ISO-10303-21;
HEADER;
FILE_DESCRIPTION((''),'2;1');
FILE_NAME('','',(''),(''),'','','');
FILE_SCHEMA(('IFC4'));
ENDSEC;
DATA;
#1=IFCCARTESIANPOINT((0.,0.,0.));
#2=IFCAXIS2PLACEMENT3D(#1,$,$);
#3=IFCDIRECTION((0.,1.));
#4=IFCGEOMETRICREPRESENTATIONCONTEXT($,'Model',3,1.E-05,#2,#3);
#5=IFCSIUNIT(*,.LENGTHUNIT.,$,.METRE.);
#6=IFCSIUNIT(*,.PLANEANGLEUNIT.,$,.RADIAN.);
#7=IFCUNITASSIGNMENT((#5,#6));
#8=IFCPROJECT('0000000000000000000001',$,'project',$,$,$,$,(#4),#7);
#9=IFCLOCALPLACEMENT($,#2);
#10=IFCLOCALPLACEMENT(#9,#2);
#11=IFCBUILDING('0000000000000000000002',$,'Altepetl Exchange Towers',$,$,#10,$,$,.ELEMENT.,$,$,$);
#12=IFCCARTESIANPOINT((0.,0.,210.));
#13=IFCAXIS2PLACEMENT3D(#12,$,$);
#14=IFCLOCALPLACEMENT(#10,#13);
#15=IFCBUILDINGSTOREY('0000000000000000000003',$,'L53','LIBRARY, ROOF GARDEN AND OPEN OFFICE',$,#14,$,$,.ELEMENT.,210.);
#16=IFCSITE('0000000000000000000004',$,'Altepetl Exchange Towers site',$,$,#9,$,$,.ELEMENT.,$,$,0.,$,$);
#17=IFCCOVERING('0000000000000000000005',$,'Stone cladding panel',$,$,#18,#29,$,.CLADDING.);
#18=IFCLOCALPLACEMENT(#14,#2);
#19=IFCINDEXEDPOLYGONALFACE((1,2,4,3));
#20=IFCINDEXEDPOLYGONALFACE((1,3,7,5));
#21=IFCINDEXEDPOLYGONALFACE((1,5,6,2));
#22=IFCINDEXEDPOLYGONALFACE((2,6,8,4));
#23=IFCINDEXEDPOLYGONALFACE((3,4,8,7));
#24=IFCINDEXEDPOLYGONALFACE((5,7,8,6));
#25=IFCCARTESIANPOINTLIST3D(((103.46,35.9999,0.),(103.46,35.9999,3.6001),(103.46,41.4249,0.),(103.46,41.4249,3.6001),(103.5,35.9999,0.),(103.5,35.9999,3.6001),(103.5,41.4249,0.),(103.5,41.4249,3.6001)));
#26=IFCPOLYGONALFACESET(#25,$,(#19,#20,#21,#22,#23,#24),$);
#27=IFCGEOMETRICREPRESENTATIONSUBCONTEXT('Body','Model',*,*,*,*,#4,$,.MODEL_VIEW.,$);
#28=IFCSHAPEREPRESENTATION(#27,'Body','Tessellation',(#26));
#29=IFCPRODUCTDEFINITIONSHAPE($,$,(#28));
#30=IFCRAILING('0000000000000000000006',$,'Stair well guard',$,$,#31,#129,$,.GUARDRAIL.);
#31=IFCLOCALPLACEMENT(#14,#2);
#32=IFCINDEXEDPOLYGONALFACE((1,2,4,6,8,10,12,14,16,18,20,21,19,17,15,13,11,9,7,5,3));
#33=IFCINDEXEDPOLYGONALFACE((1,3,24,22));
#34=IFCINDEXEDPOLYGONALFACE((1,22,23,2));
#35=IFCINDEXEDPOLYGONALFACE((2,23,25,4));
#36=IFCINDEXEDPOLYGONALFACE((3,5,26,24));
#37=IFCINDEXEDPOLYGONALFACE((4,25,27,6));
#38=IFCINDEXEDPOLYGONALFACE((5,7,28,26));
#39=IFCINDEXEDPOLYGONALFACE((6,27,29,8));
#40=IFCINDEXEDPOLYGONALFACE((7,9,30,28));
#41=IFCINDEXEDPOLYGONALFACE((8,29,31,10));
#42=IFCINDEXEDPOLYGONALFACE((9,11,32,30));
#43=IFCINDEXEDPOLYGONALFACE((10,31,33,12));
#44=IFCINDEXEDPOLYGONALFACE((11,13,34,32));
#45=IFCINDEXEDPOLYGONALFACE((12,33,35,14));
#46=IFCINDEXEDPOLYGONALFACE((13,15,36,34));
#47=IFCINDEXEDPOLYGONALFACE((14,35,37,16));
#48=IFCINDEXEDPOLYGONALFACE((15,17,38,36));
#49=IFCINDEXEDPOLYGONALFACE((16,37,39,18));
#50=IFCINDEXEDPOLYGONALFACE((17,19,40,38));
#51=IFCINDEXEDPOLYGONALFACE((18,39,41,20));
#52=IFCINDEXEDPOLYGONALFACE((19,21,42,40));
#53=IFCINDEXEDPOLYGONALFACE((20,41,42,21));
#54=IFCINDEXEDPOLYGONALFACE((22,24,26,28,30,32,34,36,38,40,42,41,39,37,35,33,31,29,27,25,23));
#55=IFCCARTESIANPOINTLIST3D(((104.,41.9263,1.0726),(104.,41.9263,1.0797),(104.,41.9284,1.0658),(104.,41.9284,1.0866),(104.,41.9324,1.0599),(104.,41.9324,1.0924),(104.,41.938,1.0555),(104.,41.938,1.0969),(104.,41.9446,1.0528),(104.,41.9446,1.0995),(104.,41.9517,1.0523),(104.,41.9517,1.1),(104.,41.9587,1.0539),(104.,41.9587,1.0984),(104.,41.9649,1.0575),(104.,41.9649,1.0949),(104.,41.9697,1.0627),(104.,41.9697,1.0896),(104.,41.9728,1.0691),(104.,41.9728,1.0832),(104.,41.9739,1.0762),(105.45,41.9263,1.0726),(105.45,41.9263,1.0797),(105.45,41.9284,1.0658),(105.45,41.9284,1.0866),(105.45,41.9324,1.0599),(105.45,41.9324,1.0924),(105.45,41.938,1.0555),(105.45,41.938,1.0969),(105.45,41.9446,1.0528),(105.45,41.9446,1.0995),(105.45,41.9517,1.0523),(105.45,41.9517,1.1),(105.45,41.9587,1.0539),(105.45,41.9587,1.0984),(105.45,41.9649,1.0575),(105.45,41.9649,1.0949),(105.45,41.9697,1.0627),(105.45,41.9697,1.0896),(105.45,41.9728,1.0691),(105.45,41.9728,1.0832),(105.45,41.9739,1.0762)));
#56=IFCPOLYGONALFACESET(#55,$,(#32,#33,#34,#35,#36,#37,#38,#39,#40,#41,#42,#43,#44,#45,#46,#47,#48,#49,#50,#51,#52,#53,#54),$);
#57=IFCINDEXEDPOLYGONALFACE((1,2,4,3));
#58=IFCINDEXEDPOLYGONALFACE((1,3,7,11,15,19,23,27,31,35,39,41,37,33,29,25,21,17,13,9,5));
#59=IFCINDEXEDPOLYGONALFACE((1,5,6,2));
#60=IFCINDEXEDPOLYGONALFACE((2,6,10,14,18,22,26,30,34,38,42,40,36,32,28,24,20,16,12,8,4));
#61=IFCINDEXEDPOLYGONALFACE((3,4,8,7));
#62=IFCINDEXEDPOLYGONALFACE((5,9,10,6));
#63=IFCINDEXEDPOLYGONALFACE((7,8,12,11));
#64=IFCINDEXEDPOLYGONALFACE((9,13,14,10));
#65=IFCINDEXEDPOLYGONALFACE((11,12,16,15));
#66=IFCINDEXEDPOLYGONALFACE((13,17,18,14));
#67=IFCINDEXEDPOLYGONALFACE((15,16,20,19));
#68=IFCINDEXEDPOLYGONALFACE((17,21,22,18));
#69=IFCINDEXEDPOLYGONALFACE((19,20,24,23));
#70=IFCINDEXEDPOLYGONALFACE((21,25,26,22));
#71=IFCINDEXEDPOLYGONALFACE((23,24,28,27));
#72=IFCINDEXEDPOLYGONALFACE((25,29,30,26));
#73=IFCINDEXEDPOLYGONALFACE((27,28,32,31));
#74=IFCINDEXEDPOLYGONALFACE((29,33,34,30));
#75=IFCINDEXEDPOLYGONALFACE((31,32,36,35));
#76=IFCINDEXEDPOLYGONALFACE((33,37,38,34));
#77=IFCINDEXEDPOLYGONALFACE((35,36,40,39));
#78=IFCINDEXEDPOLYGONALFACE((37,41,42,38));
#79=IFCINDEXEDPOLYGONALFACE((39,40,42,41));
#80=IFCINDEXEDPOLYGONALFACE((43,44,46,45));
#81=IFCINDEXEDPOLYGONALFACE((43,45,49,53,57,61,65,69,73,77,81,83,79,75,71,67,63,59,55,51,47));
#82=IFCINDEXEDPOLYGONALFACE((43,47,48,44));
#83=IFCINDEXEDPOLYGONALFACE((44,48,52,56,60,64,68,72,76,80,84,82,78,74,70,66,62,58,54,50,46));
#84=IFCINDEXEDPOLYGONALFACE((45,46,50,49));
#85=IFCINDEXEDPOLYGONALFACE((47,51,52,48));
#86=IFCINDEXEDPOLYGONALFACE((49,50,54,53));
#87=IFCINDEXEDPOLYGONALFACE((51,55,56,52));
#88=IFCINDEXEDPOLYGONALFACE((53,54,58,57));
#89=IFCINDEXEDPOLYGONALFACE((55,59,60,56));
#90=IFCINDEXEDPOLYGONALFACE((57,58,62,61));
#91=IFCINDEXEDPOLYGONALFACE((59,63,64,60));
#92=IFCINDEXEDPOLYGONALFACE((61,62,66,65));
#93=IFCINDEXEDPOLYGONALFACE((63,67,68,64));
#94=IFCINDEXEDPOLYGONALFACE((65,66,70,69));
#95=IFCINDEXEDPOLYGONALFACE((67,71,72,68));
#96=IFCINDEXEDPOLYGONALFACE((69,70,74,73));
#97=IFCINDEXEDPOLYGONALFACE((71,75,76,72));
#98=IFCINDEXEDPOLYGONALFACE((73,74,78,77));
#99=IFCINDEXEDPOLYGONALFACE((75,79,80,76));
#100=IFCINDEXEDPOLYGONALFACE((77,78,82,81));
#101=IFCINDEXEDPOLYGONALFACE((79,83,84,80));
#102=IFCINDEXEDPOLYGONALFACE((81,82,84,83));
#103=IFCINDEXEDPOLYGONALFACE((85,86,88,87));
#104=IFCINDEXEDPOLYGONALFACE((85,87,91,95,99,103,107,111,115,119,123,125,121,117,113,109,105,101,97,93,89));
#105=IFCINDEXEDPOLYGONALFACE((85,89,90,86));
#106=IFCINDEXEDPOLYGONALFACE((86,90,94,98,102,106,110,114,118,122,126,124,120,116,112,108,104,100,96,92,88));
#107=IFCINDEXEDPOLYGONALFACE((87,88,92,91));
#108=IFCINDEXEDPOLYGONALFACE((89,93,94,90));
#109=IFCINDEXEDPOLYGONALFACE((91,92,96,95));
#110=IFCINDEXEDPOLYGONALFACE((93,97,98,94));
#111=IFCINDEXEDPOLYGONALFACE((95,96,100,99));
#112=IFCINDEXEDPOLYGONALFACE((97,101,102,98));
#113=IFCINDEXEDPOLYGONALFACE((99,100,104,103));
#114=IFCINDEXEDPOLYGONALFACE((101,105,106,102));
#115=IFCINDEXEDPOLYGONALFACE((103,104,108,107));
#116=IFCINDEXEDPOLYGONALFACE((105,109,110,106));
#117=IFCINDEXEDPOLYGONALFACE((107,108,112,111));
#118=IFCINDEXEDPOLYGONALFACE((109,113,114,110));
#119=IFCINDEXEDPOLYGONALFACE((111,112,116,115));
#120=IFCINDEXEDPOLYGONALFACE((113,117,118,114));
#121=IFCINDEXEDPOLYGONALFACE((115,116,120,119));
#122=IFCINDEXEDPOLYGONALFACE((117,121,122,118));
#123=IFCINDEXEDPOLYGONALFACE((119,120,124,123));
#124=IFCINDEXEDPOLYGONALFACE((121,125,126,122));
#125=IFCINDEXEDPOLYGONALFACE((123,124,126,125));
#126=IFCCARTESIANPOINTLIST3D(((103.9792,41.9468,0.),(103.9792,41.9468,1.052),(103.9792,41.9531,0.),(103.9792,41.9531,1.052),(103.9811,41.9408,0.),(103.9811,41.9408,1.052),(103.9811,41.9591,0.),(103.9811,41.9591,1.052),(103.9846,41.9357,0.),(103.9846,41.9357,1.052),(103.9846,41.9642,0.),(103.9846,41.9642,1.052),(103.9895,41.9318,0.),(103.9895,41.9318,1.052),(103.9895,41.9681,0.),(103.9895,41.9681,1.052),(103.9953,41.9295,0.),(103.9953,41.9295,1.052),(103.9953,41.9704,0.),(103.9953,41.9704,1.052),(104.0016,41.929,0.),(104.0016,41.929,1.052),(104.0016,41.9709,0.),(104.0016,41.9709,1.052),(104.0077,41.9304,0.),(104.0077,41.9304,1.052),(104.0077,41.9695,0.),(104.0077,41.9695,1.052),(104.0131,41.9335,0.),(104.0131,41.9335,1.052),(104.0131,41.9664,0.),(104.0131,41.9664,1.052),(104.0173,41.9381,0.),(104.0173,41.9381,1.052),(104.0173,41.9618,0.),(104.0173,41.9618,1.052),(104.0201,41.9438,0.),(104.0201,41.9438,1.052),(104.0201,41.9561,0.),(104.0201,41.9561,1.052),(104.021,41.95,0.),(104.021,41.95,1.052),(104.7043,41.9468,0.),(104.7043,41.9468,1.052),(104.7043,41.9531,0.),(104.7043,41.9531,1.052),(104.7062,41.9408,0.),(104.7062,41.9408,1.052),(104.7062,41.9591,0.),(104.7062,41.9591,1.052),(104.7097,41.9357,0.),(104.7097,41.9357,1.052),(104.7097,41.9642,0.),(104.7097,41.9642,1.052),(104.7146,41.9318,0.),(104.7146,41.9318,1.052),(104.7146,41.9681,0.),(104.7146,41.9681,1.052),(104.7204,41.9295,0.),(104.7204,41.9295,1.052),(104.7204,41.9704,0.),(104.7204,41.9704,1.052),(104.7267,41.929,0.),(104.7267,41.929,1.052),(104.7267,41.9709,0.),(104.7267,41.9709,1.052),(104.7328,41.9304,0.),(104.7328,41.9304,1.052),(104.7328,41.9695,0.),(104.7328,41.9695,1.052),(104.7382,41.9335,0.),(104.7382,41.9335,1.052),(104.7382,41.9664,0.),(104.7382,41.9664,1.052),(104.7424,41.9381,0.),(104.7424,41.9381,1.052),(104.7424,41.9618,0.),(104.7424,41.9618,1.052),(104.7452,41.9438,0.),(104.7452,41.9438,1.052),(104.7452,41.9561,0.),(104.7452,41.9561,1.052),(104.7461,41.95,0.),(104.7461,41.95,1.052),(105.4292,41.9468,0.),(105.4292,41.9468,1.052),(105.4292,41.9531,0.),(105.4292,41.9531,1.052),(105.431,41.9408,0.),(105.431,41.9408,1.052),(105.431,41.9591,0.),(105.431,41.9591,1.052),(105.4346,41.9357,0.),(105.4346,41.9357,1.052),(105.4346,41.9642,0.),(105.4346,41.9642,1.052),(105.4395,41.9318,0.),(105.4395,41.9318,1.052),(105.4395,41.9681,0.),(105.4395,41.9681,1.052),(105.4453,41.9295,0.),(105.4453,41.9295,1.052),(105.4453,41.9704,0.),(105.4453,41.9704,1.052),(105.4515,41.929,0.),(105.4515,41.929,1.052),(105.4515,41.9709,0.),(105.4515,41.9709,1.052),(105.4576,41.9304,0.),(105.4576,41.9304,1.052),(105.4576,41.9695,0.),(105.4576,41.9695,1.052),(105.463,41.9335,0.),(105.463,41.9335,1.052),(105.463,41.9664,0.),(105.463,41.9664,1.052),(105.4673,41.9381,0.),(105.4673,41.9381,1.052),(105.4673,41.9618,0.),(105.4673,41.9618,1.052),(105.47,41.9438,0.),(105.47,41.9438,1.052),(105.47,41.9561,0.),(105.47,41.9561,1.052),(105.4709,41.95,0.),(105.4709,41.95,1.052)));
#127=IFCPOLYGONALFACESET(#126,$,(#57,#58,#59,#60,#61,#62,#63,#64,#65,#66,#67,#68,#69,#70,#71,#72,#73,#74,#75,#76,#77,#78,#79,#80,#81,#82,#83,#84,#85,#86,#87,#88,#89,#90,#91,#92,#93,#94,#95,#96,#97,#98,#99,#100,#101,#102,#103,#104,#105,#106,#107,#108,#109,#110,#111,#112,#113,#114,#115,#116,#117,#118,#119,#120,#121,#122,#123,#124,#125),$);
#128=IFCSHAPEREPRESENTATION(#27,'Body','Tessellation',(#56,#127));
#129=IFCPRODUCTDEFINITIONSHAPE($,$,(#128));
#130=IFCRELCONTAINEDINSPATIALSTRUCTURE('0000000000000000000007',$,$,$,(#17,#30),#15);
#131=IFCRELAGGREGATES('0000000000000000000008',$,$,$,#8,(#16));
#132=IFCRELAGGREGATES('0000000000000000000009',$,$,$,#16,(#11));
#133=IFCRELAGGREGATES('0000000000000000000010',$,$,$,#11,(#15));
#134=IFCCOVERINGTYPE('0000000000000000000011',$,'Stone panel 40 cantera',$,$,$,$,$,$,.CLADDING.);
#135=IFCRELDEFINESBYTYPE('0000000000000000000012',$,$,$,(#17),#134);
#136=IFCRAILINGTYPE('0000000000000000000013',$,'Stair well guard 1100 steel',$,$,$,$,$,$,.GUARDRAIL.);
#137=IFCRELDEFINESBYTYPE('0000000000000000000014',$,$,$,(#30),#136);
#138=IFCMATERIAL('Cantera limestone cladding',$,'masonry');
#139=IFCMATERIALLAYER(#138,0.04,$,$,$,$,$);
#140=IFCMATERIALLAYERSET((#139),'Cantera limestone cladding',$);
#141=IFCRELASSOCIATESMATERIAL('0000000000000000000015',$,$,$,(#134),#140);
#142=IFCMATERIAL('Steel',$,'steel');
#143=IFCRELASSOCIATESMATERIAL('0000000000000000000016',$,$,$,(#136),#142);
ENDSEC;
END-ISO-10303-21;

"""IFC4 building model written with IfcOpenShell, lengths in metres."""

from ifc_helpers import new_model, si_unit, direction, frame, origin, origin_2d, place, context, subcontext, project, spatial, rectangle, circle, extrude, source, transform, mapped, material, layer, layer_set, type_object, element, save


model = new_model("IFC4")

# Units and contexts
model_context = context("Model", 3, precision=1e-05, world=origin(), true_north=direction((0.0, 1.0)))
body_context = subcontext(model_context, "Body", "Model", "MODEL_VIEW")
ifc_project = project(units=[si_unit("LENGTHUNIT", "METRE"), si_unit("PLANEANGLEUNIT", "RADIAN")], contexts=[model_context])

# Site, building, storey
site_placement = place(None, origin())
site = spatial("IfcSite", under=ifc_project, at=site_placement, Name="Altepetl Exchange Towers site", CompositionType="ELEMENT", RefElevation=0.0)
building_placement = place(site_placement, origin())
building = spatial("IfcBuilding", under=site, at=building_placement, Name="Altepetl Exchange Towers", CompositionType="ELEMENT")
storey_placement = place(building_placement, frame((0.0, 0.0, 210.0)))
storey = spatial("IfcBuildingStorey", under=building, at=storey_placement, Name="L53", Description="LIBRARY, ROOF GARDEN AND OPEN OFFICE", CompositionType="ELEMENT", Elevation=210.0)

# Covering
ifc_material_1 = material(Name="Cantera limestone cladding", Category="masonry")
ifc_layer_1 = layer(ifc_material_1, 0.04)
ifc_layer_set_1 = layer_set([ifc_layer_1], Name="Cantera limestone cladding")
covering_type = type_object("IfcCoveringType", Name="Stone panel 40 cantera", PredefinedType="CLADDING", material=ifc_layer_set_1)
covering_placement = place(storey_placement, frame((103.48, 38.7124, 0.0), z_axis=(0.0, 0.0, 1.0), x_axis=(0.0, -1.0, 0.0)))
element("IfcCovering", 1, at=covering_placement, inside=storey, type_object=covering_type, Name="Stone cladding panel", PredefinedType="CLADDING", context=body_context, shape_type="SweptSolid", body=[
    extrude(rectangle(XDim=5.425, YDim=0.04, at=origin_2d()), origin(), (0.0, 0.0, 1.0), 3.6001),
])

# Railing
ifc_material_2 = material(Name="Steel", Category="steel")
railing_type_1 = type_object("IfcRailingType", Name="Stair well guard 1100 steel", PredefinedType="GUARDRAIL", material=ifc_material_2)
shared_shape_1 = source(origin(), body_context, "Body", "SweptSolid", [
    extrude(circle(Radius=0.021, at=origin_2d()), origin(), (0.0, 0.0, 1.0), 1.052),
])
railing_1_placement = place(storey_placement, frame((104.0, 41.95, 0.0)))
element("IfcRailing", 2, at=railing_1_placement, inside=storey, type_object=railing_type_1, Name="Stair well guard", PredefinedType="GUARDRAIL", context=body_context, shape_type="SweptSolid", body=[
    extrude(circle(Radius=0.0239, at=origin_2d()), frame((0.0, 0.0, 1.0762), z_axis=(1.0, 0.0, 0.0), x_axis=(0.0, 1.0, 0.0)), (0.0, 0.0, 1.0), 1.45),
    mapped(shared_shape_1, transform((0.0, 0.0, 0.0))),
    mapped(shared_shape_1, transform((0.7251, 0.0, 0.0))),
    mapped(shared_shape_1, transform((1.45, 0.0, 0.0))),
])

save(model, "model.ifc")
